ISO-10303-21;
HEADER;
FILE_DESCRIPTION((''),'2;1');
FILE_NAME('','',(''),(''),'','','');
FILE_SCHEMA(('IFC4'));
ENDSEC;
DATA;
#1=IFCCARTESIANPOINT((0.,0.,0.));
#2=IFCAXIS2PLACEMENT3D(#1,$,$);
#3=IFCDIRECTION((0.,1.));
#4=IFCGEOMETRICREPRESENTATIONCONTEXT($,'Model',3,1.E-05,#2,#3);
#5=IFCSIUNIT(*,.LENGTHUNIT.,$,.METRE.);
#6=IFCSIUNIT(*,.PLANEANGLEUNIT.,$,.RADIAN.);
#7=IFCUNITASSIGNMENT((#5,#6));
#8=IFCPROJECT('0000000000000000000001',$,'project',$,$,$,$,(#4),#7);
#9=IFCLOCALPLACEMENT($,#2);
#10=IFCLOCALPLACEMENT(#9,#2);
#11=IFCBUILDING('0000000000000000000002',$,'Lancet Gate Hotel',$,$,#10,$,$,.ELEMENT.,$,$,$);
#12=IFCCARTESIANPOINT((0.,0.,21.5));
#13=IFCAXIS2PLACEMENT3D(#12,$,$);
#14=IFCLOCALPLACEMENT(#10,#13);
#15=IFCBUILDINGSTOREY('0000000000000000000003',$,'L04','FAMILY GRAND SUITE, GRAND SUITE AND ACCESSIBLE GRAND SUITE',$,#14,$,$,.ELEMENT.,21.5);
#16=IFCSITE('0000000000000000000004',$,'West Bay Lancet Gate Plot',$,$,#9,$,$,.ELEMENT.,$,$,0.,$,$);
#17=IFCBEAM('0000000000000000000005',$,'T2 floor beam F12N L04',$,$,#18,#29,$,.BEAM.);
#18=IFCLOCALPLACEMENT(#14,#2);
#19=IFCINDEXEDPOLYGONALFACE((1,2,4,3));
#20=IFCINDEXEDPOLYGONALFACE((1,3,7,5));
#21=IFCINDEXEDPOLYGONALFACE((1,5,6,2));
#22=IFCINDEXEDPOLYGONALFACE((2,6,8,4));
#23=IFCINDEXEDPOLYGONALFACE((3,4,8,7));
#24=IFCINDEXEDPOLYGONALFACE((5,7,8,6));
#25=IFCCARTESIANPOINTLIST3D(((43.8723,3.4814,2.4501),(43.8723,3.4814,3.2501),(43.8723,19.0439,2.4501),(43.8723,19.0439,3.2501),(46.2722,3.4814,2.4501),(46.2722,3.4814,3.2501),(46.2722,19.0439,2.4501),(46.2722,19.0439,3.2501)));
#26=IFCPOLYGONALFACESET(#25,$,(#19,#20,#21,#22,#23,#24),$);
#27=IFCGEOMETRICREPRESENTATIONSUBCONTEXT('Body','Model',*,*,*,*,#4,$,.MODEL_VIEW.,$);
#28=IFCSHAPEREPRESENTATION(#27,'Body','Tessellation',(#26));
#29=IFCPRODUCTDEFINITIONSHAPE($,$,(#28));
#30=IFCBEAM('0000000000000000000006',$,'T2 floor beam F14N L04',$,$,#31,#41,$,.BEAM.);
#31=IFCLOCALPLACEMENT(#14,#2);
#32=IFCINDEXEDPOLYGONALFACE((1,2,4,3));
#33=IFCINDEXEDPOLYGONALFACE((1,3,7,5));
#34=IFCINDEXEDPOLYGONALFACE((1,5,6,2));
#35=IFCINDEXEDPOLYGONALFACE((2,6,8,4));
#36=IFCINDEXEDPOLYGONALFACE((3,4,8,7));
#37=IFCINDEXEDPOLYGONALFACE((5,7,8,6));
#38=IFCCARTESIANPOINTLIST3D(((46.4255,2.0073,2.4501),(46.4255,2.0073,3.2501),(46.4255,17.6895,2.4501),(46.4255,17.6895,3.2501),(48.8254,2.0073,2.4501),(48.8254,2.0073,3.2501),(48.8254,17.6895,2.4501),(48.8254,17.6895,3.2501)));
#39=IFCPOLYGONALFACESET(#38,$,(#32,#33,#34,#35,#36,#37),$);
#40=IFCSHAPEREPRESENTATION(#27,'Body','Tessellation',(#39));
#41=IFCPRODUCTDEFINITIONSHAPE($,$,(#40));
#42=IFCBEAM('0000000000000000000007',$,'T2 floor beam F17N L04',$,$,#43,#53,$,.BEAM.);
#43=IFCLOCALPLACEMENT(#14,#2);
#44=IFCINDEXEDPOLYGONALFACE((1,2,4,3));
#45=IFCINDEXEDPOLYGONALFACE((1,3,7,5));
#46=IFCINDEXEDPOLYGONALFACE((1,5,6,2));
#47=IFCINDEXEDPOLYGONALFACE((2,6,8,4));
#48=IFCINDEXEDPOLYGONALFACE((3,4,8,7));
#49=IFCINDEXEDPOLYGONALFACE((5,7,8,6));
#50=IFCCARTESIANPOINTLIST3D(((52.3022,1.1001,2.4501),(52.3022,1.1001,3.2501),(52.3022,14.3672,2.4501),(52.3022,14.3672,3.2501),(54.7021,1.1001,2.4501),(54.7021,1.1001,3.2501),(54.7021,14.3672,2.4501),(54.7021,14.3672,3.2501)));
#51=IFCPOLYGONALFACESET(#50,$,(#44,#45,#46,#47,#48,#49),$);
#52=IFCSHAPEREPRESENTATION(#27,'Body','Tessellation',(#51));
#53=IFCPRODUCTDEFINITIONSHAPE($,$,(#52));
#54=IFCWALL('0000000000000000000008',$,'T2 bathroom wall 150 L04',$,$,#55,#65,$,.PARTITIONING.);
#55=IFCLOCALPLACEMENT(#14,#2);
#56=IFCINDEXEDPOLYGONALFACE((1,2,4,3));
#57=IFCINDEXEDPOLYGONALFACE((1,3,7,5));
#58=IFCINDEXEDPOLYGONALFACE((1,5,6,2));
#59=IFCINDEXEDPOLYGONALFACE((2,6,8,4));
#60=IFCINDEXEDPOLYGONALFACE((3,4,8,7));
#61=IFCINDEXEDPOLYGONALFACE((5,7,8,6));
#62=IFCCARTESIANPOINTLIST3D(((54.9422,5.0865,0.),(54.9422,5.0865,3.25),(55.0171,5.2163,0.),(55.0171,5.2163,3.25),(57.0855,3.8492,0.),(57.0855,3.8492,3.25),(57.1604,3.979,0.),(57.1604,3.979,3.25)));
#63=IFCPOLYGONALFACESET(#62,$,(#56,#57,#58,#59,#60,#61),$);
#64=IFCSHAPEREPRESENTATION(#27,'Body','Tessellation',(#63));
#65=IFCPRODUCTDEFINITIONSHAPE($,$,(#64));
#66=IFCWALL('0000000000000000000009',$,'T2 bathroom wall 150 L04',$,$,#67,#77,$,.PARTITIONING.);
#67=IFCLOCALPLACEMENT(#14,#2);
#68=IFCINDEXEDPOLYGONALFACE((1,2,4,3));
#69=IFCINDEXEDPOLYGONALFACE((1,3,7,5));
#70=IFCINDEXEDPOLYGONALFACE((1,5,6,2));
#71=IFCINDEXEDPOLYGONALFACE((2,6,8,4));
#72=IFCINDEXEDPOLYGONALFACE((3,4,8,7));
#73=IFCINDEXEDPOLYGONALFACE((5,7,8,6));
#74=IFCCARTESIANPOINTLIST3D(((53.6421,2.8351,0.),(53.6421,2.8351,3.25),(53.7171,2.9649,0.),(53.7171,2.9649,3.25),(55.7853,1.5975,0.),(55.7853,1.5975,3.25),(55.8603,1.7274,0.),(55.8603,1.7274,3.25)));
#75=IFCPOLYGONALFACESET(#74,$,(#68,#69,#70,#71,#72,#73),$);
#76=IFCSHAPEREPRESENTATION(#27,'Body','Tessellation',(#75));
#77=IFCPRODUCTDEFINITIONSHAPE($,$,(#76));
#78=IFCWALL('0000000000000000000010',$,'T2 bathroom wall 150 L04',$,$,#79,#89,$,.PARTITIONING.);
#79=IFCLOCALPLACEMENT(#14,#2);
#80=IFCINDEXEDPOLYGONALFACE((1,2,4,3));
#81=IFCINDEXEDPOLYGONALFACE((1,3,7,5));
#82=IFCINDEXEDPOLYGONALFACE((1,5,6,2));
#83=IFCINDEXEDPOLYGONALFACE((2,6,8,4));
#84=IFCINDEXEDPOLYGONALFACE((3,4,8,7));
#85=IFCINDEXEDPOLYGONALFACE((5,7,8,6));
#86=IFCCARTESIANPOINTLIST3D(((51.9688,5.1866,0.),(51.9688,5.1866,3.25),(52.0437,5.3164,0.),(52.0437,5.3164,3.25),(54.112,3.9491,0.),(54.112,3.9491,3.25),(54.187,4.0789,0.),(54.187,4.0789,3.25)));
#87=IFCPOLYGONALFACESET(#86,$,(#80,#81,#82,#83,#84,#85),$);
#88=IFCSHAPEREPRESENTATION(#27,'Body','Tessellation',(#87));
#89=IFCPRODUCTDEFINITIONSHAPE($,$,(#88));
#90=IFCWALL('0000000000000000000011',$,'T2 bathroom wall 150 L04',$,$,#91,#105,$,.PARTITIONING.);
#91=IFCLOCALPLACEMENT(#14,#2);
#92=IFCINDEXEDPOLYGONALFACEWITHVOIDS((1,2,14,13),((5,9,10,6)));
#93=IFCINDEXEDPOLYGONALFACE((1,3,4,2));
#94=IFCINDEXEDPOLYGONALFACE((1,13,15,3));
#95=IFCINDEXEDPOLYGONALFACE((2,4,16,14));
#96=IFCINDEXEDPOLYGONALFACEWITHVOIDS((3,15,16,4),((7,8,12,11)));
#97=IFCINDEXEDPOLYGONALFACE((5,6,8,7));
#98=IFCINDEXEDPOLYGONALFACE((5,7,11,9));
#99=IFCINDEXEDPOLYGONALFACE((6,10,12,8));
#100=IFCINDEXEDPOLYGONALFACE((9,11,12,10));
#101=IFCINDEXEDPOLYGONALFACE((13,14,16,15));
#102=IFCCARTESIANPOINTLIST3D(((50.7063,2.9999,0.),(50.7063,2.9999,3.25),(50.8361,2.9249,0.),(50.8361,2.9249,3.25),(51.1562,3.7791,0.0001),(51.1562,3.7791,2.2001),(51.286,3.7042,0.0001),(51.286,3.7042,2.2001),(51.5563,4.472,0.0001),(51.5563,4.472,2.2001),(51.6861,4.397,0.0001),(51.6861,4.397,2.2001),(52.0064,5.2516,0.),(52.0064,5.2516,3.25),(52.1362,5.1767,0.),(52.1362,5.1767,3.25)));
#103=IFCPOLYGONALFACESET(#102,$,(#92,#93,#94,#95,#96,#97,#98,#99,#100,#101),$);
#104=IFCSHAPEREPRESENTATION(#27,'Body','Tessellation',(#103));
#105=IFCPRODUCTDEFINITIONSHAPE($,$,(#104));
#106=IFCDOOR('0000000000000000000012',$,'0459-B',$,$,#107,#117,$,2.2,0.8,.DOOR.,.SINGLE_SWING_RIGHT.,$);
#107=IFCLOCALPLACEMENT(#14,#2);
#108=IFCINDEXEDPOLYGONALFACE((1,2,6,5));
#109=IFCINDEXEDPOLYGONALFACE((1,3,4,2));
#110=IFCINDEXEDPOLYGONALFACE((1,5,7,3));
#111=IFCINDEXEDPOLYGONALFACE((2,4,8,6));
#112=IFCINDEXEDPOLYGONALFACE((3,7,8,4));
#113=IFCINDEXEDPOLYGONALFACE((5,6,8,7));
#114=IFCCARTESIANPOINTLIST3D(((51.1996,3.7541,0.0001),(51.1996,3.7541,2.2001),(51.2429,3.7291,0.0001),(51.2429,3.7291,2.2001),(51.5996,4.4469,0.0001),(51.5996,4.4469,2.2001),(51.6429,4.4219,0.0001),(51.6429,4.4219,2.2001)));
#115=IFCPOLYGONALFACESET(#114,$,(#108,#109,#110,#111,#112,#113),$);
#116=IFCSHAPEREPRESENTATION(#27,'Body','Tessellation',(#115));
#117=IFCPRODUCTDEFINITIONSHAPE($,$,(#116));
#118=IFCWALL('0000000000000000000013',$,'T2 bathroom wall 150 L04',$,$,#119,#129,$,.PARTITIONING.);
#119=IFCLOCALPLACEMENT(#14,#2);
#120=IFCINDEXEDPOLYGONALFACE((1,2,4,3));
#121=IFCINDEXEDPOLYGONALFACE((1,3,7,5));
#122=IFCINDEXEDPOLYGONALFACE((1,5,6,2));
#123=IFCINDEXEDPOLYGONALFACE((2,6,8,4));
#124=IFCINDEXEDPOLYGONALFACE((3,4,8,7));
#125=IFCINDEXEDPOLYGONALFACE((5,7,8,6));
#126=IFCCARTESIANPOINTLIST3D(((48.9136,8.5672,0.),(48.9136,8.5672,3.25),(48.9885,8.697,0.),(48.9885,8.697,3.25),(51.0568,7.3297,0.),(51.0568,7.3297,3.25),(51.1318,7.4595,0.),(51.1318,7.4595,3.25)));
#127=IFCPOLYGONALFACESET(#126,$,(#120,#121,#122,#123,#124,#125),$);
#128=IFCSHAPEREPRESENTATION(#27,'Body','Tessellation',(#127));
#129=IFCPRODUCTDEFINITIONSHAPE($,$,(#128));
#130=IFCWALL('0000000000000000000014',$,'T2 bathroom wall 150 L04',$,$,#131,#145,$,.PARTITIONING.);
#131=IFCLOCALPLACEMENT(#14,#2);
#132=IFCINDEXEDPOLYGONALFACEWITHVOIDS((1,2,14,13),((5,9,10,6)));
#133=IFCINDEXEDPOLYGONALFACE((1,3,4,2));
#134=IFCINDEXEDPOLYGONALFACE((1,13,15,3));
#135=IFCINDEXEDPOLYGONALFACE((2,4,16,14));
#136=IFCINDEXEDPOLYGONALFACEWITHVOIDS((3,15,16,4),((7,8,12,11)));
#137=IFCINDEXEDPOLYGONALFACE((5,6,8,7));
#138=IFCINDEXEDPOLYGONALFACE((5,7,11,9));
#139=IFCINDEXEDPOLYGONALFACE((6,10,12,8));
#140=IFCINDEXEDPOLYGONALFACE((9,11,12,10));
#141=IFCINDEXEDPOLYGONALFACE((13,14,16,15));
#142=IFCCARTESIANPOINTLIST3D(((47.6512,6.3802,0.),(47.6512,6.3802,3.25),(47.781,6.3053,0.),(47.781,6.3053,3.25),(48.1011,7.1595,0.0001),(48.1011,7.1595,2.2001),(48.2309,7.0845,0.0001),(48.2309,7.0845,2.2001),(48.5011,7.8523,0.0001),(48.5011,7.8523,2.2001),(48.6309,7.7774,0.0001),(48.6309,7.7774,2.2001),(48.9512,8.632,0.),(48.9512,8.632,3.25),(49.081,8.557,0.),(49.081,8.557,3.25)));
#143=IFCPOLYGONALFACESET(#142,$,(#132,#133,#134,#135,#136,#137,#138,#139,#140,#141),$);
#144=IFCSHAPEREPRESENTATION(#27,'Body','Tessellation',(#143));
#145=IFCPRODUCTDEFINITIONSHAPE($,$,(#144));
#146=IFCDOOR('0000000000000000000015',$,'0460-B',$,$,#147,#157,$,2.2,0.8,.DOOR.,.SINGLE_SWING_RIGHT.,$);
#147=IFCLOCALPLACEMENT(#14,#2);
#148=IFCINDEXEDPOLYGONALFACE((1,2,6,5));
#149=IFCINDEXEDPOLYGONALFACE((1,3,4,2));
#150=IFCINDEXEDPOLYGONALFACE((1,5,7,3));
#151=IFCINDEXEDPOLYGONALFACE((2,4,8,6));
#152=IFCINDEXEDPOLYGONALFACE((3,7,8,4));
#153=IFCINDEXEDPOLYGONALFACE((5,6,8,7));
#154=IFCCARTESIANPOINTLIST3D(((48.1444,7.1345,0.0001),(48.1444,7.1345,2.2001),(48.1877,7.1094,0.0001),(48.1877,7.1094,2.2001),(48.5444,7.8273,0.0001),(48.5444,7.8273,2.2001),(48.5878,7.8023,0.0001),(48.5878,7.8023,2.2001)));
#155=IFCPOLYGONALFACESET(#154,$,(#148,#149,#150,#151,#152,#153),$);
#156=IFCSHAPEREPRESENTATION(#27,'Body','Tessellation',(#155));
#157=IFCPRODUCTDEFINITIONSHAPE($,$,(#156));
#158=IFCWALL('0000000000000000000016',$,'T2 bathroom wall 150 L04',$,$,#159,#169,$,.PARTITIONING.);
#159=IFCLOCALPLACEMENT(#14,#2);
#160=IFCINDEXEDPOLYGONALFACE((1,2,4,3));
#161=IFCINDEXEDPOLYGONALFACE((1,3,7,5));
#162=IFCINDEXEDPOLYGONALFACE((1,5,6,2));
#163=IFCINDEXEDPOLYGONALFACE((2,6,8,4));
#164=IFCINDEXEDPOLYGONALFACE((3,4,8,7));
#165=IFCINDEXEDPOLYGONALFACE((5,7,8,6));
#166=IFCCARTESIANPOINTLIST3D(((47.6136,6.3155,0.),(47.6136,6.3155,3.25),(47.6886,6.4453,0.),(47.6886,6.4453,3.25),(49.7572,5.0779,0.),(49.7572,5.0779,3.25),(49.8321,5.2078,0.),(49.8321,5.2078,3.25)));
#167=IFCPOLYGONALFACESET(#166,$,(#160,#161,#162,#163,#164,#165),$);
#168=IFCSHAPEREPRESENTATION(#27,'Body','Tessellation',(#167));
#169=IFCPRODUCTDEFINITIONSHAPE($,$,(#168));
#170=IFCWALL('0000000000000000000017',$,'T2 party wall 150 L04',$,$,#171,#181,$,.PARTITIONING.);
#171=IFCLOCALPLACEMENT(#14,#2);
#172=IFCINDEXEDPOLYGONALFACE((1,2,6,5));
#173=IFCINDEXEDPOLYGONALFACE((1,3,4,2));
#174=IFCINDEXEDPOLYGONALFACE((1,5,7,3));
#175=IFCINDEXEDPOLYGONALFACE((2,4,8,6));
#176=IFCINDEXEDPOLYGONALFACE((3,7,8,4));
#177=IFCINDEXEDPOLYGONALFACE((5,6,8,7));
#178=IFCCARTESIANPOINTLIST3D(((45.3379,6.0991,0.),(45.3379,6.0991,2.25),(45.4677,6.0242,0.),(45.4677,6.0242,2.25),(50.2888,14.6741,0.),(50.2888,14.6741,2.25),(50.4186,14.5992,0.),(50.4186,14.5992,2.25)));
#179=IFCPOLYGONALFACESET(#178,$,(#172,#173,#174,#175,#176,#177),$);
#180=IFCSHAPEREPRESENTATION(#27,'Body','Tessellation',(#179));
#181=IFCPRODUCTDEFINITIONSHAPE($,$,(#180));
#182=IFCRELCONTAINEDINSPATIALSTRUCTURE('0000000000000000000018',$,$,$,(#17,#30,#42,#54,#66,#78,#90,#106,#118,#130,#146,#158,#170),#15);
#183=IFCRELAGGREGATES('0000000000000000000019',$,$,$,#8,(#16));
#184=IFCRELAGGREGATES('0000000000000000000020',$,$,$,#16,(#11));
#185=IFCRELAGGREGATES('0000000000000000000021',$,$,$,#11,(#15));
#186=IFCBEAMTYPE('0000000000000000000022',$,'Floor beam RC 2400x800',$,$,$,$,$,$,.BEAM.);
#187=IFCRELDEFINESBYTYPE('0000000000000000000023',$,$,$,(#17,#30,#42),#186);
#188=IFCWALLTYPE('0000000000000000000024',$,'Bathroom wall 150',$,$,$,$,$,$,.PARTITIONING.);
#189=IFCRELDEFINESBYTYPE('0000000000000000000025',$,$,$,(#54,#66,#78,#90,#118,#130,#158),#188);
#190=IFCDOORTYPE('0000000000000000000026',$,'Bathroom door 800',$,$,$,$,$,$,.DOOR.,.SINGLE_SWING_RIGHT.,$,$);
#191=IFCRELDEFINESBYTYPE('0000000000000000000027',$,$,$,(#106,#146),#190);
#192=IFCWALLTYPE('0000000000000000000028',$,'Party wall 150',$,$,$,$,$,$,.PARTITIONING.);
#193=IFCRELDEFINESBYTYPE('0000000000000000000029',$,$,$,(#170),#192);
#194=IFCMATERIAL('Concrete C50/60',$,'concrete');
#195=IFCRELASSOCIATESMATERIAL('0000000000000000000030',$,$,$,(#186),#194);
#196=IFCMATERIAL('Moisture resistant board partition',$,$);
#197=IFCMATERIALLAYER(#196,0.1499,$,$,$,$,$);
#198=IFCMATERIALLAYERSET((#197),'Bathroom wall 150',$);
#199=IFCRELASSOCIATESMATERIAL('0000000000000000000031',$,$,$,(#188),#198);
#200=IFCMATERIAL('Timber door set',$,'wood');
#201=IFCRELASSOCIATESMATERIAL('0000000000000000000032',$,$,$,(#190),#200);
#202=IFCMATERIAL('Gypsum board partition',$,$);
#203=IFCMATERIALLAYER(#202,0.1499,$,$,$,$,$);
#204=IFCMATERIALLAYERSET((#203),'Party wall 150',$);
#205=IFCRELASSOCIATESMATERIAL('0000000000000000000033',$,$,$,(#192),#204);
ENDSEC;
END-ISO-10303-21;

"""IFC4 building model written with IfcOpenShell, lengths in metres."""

from ifc_helpers import new_model, si_unit, direction, frame, frame_2d, origin, origin_2d, place, context, subcontext, project, spatial, rectangle, extrude, material, layer, layer_set, material_profile, profile_set, type_object, element, fill, save


model = new_model("IFC4")

# Units and contexts
model_context = context("Model", 3, precision=1e-05, world=origin(), true_north=direction((0.0, 1.0)))
body_context = subcontext(model_context, "Body", "Model", "MODEL_VIEW")
ifc_project = project(units=[si_unit("LENGTHUNIT", "METRE"), si_unit("PLANEANGLEUNIT", "RADIAN")], contexts=[model_context])

# Site, building, storey
site_placement = place(None, origin())
site = spatial("IfcSite", under=ifc_project, at=site_placement, Name="West Bay Lancet Gate Plot", CompositionType="ELEMENT", RefElevation=0.0)
building_placement = place(site_placement, origin())
building = spatial("IfcBuilding", under=site, at=building_placement, Name="Lancet Gate Hotel", CompositionType="ELEMENT")
storey_placement = place(building_placement, frame((0.0, 0.0, 21.5)))
storey = spatial("IfcBuildingStorey", under=building, at=storey_placement, Name="L04", Description="FAMILY GRAND SUITE, GRAND SUITE AND ACCESSIBLE GRAND SUITE", CompositionType="ELEMENT", Elevation=21.5)

# Beams
ifc_material_1 = material(Name="Concrete C50/60", Category="concrete")
ifc_material_profile = material_profile(ifc_material_1, rectangle(XDim=2.3999, YDim=0.8, at=origin_2d()), Name="RC 2400x800")
ifc_profile_set = profile_set([ifc_material_profile], Name="Concrete C50/60")
beam_type = type_object("IfcBeamType", Name="Floor beam RC 2400x800", PredefinedType="BEAM", material=ifc_profile_set)
beam_1_placement = place(storey_placement, frame((45.0723, 3.4814, 2.8501), z_axis=(0.0, 1.0, 0.0), x_axis=(-1.0, 0.0, 0.0)))
element("IfcBeam", 1, at=beam_1_placement, inside=storey, type_object=beam_type, Name="T2 floor beam F12N L04", PredefinedType="BEAM", context=body_context, shape_type="SweptSolid", body=[
    extrude(rectangle(XDim=2.3999, YDim=0.8, at=origin_2d()), origin(), (0.0, 0.0, 1.0), 15.5625),
])
beam_2_placement = place(storey_placement, frame((47.6255, 2.0073, 2.8501), z_axis=(0.0, 1.0, 0.0), x_axis=(-1.0, 0.0, 0.0)))
element("IfcBeam", 2, at=beam_2_placement, inside=storey, type_object=beam_type, Name="T2 floor beam F14N L04", PredefinedType="BEAM", context=body_context, shape_type="SweptSolid", body=[
    extrude(rectangle(XDim=2.3999, YDim=0.8, at=origin_2d()), origin(), (0.0, 0.0, 1.0), 15.6821),
])
beam_3_placement = place(storey_placement, frame((53.5022, 1.1001, 2.8501), z_axis=(0.0, 1.0, 0.0), x_axis=(-1.0, 0.0, 0.0)))
element("IfcBeam", 3, at=beam_3_placement, inside=storey, type_object=beam_type, Name="T2 floor beam F17N L04", PredefinedType="BEAM", context=body_context, shape_type="SweptSolid", body=[
    extrude(rectangle(XDim=2.3999, YDim=0.8, at=origin_2d()), origin(), (0.0, 0.0, 1.0), 13.2671),
])

# Walls
ifc_material_2 = material(Name="Moisture resistant board partition")
ifc_layer_1 = layer(ifc_material_2, 0.1499)
ifc_layer_set_1 = layer_set([ifc_layer_1], Name="Bathroom wall 150")
wall_type_1 = type_object("IfcWallType", Name="Bathroom wall 150", PredefinedType="PARTITIONING", material=ifc_layer_set_1)
for number, where, z_axis, x_axis, name in (
    (4, (54.9797, 5.1514, 0.0), (0.0, 0.0, 1.0), (0.866049, -0.499959, 0.0), "T2 bathroom wall 150 L04"),
    (5, (53.6797, 2.8999, 0.0), (0.0, 0.0, 1.0), (0.866007, -0.500033, 0.0), "T2 bathroom wall 150 L04"),
    (6, (52.0063, 5.2515, 0.0), (0.0, 0.0, 1.0), (0.866007, -0.500033, 0.0), "T2 bathroom wall 150 L04"),
):
    element("IfcWall", number, at=place(storey_placement, frame(where, z_axis=z_axis, x_axis=x_axis)), inside=storey, type_object=wall_type_1, Name=name, PredefinedType="PARTITIONING", context=body_context, shape_type="SweptSolid", body=[
        extrude(rectangle(XDim=2.4749, YDim=0.1499, at=frame_2d((1.2373, 0.0))), origin(), (0.0, 0.0, 1.0), 3.25),
    ])

# Wall, opening, door
wall_1_placement = place(storey_placement, frame((50.7712, 2.9624, 0.0), z_axis=(0.0, 0.0, 1.0), x_axis=(0.500007, 0.866021, 0.0)))
wall_1 = element("IfcWall", 7, at=wall_1_placement, inside=storey, type_object=wall_type_1, Name="T2 bathroom wall 150 L04", PredefinedType="PARTITIONING", context=body_context, shape_type="SweptSolid", body=[
    extrude(rectangle(XDim=2.6001, YDim=0.1499, at=frame_2d((1.3, 0.0))), origin(), (0.0, 0.0, 1.0), 3.25),
])
opening_1_placement = place(wall_1_placement, frame((0.8999, 0.0, 0.0)))
opening_1 = element("IfcOpeningElement", 8, at=opening_1_placement, cuts=wall_1, PredefinedType="OPENING", context=body_context, shape_type="SweptSolid", body=[
    extrude(rectangle(XDim=0.8, YDim=2.2, at=frame_2d((0.3999, 1.1001))), frame((0.0, 0.085, 0.0), z_axis=(0.0, -1.0, 0.0), x_axis=(1.0, 0.0, 0.0)), (0.0, 0.0, 1.0), 0.1699),
])
ifc_material_3 = material(Name="Timber door set", Category="wood")
door_type_1 = type_object("IfcDoorType", Name="Bathroom door 800", OperationType="SINGLE_SWING_RIGHT", PredefinedType="DOOR", material=ifc_material_3)
door_1_placement = place(opening_1_placement, origin())
door_1 = element("IfcDoor", 9, at=door_1_placement, inside=storey, type_object=door_type_1, Name="0459-B", OperationType="SINGLE_SWING_RIGHT", OverallHeight=2.2, OverallWidth=0.8, PredefinedType="DOOR", context=body_context, shape_type="SweptSolid", body=[
    extrude(rectangle(XDim=0.8, YDim=2.2, at=frame_2d((0.3999, 1.1001))), frame((0.0, 0.0249, 0.0), z_axis=(0.0, -1.0, 0.0), x_axis=(1.0, 0.0, 0.0)), (0.0, 0.0, 1.0), 0.05),
])
fill(opening_1, door_1)

# Wall
wall_2_placement = place(storey_placement, frame((48.9512, 8.6321, 0.0), z_axis=(0.0, 0.0, 1.0), x_axis=(0.866007, -0.500033, 0.0)))
element("IfcWall", 10, at=wall_2_placement, inside=storey, type_object=wall_type_1, Name="T2 bathroom wall 150 L04", PredefinedType="PARTITIONING", context=body_context, shape_type="SweptSolid", body=[
    extrude(rectangle(XDim=2.4749, YDim=0.1499, at=frame_2d((1.2373, 0.0))), origin(), (0.0, 0.0, 1.0), 3.25),
])

# Wall, opening, door
wall_3_placement = place(storey_placement, frame((47.7161, 6.3428, 0.0), z_axis=(0.0, 0.0, 1.0), x_axis=(0.500007, 0.866021, 0.0)))
wall_3 = element("IfcWall", 11, at=wall_3_placement, inside=storey, type_object=wall_type_1, Name="T2 bathroom wall 150 L04", PredefinedType="PARTITIONING", context=body_context, shape_type="SweptSolid", body=[
    extrude(rectangle(XDim=2.6001, YDim=0.1499, at=frame_2d((1.3, 0.0))), origin(), (0.0, 0.0, 1.0), 3.25),
])
opening_2_placement = place(wall_3_placement, frame((0.8999, 0.0, 0.0)))
opening_2 = element("IfcOpeningElement", 12, at=opening_2_placement, cuts=wall_3, PredefinedType="OPENING", context=body_context, shape_type="SweptSolid", body=[
    extrude(rectangle(XDim=0.8, YDim=2.2, at=frame_2d((0.3999, 1.1001))), frame((0.0, 0.085, 0.0), z_axis=(0.0, -1.0, 0.0), x_axis=(1.0, 0.0, 0.0)), (0.0, 0.0, 1.0), 0.1699),
])
door_2_placement = place(opening_2_placement, origin())
door_2 = element("IfcDoor", 13, at=door_2_placement, inside=storey, type_object=door_type_1, Name="0460-B", OperationType="SINGLE_SWING_RIGHT", OverallHeight=2.2, OverallWidth=0.8, PredefinedType="DOOR", context=body_context, shape_type="SweptSolid", body=[
    extrude(rectangle(XDim=0.8, YDim=2.2, at=frame_2d((0.3999, 1.1001))), frame((0.0, 0.0249, 0.0), z_axis=(0.0, -1.0, 0.0), x_axis=(1.0, 0.0, 0.0)), (0.0, 0.0, 1.0), 0.05),
])
fill(opening_2, door_2)

# Walls
wall_4_placement = place(storey_placement, frame((47.6511, 6.3804, 0.0), z_axis=(0.0, 0.0, 1.0), x_axis=(0.866031, -0.49999, 0.0)))
element("IfcWall", 14, at=wall_4_placement, inside=storey, type_object=wall_type_1, Name="T2 bathroom wall 150 L04", PredefinedType="PARTITIONING", context=body_context, shape_type="SweptSolid", body=[
    extrude(rectangle(XDim=2.4751, YDim=0.1499, at=frame_2d((1.2375, 0.0))), origin(), (0.0, 0.0, 1.0), 3.25),
])
ifc_material_4 = material(Name="Gypsum board partition")
ifc_layer_2 = layer(ifc_material_4, 0.1499)
ifc_layer_set_2 = layer_set([ifc_layer_2], Name="Party wall 150")
wall_type_2 = type_object("IfcWallType", Name="Party wall 150", PredefinedType="PARTITIONING", material=ifc_layer_set_2)
wall_5_placement = place(storey_placement, frame((45.4028, 6.0618, 0.0), z_axis=(0.0, 0.0, 1.0), x_axis=(0.500013, 0.866018, 0.0)))
element("IfcWall", 15, at=wall_5_placement, inside=storey, type_object=wall_type_2, Name="T2 party wall 150 L04", PredefinedType="PARTITIONING", context=body_context, shape_type="SweptSolid", body=[
    extrude(rectangle(XDim=9.9016, YDim=0.1499, at=frame_2d((4.9507, 0.0))), origin(), (0.0, 0.0, 1.0), 2.25),
])

save(model, "model.ifc")
